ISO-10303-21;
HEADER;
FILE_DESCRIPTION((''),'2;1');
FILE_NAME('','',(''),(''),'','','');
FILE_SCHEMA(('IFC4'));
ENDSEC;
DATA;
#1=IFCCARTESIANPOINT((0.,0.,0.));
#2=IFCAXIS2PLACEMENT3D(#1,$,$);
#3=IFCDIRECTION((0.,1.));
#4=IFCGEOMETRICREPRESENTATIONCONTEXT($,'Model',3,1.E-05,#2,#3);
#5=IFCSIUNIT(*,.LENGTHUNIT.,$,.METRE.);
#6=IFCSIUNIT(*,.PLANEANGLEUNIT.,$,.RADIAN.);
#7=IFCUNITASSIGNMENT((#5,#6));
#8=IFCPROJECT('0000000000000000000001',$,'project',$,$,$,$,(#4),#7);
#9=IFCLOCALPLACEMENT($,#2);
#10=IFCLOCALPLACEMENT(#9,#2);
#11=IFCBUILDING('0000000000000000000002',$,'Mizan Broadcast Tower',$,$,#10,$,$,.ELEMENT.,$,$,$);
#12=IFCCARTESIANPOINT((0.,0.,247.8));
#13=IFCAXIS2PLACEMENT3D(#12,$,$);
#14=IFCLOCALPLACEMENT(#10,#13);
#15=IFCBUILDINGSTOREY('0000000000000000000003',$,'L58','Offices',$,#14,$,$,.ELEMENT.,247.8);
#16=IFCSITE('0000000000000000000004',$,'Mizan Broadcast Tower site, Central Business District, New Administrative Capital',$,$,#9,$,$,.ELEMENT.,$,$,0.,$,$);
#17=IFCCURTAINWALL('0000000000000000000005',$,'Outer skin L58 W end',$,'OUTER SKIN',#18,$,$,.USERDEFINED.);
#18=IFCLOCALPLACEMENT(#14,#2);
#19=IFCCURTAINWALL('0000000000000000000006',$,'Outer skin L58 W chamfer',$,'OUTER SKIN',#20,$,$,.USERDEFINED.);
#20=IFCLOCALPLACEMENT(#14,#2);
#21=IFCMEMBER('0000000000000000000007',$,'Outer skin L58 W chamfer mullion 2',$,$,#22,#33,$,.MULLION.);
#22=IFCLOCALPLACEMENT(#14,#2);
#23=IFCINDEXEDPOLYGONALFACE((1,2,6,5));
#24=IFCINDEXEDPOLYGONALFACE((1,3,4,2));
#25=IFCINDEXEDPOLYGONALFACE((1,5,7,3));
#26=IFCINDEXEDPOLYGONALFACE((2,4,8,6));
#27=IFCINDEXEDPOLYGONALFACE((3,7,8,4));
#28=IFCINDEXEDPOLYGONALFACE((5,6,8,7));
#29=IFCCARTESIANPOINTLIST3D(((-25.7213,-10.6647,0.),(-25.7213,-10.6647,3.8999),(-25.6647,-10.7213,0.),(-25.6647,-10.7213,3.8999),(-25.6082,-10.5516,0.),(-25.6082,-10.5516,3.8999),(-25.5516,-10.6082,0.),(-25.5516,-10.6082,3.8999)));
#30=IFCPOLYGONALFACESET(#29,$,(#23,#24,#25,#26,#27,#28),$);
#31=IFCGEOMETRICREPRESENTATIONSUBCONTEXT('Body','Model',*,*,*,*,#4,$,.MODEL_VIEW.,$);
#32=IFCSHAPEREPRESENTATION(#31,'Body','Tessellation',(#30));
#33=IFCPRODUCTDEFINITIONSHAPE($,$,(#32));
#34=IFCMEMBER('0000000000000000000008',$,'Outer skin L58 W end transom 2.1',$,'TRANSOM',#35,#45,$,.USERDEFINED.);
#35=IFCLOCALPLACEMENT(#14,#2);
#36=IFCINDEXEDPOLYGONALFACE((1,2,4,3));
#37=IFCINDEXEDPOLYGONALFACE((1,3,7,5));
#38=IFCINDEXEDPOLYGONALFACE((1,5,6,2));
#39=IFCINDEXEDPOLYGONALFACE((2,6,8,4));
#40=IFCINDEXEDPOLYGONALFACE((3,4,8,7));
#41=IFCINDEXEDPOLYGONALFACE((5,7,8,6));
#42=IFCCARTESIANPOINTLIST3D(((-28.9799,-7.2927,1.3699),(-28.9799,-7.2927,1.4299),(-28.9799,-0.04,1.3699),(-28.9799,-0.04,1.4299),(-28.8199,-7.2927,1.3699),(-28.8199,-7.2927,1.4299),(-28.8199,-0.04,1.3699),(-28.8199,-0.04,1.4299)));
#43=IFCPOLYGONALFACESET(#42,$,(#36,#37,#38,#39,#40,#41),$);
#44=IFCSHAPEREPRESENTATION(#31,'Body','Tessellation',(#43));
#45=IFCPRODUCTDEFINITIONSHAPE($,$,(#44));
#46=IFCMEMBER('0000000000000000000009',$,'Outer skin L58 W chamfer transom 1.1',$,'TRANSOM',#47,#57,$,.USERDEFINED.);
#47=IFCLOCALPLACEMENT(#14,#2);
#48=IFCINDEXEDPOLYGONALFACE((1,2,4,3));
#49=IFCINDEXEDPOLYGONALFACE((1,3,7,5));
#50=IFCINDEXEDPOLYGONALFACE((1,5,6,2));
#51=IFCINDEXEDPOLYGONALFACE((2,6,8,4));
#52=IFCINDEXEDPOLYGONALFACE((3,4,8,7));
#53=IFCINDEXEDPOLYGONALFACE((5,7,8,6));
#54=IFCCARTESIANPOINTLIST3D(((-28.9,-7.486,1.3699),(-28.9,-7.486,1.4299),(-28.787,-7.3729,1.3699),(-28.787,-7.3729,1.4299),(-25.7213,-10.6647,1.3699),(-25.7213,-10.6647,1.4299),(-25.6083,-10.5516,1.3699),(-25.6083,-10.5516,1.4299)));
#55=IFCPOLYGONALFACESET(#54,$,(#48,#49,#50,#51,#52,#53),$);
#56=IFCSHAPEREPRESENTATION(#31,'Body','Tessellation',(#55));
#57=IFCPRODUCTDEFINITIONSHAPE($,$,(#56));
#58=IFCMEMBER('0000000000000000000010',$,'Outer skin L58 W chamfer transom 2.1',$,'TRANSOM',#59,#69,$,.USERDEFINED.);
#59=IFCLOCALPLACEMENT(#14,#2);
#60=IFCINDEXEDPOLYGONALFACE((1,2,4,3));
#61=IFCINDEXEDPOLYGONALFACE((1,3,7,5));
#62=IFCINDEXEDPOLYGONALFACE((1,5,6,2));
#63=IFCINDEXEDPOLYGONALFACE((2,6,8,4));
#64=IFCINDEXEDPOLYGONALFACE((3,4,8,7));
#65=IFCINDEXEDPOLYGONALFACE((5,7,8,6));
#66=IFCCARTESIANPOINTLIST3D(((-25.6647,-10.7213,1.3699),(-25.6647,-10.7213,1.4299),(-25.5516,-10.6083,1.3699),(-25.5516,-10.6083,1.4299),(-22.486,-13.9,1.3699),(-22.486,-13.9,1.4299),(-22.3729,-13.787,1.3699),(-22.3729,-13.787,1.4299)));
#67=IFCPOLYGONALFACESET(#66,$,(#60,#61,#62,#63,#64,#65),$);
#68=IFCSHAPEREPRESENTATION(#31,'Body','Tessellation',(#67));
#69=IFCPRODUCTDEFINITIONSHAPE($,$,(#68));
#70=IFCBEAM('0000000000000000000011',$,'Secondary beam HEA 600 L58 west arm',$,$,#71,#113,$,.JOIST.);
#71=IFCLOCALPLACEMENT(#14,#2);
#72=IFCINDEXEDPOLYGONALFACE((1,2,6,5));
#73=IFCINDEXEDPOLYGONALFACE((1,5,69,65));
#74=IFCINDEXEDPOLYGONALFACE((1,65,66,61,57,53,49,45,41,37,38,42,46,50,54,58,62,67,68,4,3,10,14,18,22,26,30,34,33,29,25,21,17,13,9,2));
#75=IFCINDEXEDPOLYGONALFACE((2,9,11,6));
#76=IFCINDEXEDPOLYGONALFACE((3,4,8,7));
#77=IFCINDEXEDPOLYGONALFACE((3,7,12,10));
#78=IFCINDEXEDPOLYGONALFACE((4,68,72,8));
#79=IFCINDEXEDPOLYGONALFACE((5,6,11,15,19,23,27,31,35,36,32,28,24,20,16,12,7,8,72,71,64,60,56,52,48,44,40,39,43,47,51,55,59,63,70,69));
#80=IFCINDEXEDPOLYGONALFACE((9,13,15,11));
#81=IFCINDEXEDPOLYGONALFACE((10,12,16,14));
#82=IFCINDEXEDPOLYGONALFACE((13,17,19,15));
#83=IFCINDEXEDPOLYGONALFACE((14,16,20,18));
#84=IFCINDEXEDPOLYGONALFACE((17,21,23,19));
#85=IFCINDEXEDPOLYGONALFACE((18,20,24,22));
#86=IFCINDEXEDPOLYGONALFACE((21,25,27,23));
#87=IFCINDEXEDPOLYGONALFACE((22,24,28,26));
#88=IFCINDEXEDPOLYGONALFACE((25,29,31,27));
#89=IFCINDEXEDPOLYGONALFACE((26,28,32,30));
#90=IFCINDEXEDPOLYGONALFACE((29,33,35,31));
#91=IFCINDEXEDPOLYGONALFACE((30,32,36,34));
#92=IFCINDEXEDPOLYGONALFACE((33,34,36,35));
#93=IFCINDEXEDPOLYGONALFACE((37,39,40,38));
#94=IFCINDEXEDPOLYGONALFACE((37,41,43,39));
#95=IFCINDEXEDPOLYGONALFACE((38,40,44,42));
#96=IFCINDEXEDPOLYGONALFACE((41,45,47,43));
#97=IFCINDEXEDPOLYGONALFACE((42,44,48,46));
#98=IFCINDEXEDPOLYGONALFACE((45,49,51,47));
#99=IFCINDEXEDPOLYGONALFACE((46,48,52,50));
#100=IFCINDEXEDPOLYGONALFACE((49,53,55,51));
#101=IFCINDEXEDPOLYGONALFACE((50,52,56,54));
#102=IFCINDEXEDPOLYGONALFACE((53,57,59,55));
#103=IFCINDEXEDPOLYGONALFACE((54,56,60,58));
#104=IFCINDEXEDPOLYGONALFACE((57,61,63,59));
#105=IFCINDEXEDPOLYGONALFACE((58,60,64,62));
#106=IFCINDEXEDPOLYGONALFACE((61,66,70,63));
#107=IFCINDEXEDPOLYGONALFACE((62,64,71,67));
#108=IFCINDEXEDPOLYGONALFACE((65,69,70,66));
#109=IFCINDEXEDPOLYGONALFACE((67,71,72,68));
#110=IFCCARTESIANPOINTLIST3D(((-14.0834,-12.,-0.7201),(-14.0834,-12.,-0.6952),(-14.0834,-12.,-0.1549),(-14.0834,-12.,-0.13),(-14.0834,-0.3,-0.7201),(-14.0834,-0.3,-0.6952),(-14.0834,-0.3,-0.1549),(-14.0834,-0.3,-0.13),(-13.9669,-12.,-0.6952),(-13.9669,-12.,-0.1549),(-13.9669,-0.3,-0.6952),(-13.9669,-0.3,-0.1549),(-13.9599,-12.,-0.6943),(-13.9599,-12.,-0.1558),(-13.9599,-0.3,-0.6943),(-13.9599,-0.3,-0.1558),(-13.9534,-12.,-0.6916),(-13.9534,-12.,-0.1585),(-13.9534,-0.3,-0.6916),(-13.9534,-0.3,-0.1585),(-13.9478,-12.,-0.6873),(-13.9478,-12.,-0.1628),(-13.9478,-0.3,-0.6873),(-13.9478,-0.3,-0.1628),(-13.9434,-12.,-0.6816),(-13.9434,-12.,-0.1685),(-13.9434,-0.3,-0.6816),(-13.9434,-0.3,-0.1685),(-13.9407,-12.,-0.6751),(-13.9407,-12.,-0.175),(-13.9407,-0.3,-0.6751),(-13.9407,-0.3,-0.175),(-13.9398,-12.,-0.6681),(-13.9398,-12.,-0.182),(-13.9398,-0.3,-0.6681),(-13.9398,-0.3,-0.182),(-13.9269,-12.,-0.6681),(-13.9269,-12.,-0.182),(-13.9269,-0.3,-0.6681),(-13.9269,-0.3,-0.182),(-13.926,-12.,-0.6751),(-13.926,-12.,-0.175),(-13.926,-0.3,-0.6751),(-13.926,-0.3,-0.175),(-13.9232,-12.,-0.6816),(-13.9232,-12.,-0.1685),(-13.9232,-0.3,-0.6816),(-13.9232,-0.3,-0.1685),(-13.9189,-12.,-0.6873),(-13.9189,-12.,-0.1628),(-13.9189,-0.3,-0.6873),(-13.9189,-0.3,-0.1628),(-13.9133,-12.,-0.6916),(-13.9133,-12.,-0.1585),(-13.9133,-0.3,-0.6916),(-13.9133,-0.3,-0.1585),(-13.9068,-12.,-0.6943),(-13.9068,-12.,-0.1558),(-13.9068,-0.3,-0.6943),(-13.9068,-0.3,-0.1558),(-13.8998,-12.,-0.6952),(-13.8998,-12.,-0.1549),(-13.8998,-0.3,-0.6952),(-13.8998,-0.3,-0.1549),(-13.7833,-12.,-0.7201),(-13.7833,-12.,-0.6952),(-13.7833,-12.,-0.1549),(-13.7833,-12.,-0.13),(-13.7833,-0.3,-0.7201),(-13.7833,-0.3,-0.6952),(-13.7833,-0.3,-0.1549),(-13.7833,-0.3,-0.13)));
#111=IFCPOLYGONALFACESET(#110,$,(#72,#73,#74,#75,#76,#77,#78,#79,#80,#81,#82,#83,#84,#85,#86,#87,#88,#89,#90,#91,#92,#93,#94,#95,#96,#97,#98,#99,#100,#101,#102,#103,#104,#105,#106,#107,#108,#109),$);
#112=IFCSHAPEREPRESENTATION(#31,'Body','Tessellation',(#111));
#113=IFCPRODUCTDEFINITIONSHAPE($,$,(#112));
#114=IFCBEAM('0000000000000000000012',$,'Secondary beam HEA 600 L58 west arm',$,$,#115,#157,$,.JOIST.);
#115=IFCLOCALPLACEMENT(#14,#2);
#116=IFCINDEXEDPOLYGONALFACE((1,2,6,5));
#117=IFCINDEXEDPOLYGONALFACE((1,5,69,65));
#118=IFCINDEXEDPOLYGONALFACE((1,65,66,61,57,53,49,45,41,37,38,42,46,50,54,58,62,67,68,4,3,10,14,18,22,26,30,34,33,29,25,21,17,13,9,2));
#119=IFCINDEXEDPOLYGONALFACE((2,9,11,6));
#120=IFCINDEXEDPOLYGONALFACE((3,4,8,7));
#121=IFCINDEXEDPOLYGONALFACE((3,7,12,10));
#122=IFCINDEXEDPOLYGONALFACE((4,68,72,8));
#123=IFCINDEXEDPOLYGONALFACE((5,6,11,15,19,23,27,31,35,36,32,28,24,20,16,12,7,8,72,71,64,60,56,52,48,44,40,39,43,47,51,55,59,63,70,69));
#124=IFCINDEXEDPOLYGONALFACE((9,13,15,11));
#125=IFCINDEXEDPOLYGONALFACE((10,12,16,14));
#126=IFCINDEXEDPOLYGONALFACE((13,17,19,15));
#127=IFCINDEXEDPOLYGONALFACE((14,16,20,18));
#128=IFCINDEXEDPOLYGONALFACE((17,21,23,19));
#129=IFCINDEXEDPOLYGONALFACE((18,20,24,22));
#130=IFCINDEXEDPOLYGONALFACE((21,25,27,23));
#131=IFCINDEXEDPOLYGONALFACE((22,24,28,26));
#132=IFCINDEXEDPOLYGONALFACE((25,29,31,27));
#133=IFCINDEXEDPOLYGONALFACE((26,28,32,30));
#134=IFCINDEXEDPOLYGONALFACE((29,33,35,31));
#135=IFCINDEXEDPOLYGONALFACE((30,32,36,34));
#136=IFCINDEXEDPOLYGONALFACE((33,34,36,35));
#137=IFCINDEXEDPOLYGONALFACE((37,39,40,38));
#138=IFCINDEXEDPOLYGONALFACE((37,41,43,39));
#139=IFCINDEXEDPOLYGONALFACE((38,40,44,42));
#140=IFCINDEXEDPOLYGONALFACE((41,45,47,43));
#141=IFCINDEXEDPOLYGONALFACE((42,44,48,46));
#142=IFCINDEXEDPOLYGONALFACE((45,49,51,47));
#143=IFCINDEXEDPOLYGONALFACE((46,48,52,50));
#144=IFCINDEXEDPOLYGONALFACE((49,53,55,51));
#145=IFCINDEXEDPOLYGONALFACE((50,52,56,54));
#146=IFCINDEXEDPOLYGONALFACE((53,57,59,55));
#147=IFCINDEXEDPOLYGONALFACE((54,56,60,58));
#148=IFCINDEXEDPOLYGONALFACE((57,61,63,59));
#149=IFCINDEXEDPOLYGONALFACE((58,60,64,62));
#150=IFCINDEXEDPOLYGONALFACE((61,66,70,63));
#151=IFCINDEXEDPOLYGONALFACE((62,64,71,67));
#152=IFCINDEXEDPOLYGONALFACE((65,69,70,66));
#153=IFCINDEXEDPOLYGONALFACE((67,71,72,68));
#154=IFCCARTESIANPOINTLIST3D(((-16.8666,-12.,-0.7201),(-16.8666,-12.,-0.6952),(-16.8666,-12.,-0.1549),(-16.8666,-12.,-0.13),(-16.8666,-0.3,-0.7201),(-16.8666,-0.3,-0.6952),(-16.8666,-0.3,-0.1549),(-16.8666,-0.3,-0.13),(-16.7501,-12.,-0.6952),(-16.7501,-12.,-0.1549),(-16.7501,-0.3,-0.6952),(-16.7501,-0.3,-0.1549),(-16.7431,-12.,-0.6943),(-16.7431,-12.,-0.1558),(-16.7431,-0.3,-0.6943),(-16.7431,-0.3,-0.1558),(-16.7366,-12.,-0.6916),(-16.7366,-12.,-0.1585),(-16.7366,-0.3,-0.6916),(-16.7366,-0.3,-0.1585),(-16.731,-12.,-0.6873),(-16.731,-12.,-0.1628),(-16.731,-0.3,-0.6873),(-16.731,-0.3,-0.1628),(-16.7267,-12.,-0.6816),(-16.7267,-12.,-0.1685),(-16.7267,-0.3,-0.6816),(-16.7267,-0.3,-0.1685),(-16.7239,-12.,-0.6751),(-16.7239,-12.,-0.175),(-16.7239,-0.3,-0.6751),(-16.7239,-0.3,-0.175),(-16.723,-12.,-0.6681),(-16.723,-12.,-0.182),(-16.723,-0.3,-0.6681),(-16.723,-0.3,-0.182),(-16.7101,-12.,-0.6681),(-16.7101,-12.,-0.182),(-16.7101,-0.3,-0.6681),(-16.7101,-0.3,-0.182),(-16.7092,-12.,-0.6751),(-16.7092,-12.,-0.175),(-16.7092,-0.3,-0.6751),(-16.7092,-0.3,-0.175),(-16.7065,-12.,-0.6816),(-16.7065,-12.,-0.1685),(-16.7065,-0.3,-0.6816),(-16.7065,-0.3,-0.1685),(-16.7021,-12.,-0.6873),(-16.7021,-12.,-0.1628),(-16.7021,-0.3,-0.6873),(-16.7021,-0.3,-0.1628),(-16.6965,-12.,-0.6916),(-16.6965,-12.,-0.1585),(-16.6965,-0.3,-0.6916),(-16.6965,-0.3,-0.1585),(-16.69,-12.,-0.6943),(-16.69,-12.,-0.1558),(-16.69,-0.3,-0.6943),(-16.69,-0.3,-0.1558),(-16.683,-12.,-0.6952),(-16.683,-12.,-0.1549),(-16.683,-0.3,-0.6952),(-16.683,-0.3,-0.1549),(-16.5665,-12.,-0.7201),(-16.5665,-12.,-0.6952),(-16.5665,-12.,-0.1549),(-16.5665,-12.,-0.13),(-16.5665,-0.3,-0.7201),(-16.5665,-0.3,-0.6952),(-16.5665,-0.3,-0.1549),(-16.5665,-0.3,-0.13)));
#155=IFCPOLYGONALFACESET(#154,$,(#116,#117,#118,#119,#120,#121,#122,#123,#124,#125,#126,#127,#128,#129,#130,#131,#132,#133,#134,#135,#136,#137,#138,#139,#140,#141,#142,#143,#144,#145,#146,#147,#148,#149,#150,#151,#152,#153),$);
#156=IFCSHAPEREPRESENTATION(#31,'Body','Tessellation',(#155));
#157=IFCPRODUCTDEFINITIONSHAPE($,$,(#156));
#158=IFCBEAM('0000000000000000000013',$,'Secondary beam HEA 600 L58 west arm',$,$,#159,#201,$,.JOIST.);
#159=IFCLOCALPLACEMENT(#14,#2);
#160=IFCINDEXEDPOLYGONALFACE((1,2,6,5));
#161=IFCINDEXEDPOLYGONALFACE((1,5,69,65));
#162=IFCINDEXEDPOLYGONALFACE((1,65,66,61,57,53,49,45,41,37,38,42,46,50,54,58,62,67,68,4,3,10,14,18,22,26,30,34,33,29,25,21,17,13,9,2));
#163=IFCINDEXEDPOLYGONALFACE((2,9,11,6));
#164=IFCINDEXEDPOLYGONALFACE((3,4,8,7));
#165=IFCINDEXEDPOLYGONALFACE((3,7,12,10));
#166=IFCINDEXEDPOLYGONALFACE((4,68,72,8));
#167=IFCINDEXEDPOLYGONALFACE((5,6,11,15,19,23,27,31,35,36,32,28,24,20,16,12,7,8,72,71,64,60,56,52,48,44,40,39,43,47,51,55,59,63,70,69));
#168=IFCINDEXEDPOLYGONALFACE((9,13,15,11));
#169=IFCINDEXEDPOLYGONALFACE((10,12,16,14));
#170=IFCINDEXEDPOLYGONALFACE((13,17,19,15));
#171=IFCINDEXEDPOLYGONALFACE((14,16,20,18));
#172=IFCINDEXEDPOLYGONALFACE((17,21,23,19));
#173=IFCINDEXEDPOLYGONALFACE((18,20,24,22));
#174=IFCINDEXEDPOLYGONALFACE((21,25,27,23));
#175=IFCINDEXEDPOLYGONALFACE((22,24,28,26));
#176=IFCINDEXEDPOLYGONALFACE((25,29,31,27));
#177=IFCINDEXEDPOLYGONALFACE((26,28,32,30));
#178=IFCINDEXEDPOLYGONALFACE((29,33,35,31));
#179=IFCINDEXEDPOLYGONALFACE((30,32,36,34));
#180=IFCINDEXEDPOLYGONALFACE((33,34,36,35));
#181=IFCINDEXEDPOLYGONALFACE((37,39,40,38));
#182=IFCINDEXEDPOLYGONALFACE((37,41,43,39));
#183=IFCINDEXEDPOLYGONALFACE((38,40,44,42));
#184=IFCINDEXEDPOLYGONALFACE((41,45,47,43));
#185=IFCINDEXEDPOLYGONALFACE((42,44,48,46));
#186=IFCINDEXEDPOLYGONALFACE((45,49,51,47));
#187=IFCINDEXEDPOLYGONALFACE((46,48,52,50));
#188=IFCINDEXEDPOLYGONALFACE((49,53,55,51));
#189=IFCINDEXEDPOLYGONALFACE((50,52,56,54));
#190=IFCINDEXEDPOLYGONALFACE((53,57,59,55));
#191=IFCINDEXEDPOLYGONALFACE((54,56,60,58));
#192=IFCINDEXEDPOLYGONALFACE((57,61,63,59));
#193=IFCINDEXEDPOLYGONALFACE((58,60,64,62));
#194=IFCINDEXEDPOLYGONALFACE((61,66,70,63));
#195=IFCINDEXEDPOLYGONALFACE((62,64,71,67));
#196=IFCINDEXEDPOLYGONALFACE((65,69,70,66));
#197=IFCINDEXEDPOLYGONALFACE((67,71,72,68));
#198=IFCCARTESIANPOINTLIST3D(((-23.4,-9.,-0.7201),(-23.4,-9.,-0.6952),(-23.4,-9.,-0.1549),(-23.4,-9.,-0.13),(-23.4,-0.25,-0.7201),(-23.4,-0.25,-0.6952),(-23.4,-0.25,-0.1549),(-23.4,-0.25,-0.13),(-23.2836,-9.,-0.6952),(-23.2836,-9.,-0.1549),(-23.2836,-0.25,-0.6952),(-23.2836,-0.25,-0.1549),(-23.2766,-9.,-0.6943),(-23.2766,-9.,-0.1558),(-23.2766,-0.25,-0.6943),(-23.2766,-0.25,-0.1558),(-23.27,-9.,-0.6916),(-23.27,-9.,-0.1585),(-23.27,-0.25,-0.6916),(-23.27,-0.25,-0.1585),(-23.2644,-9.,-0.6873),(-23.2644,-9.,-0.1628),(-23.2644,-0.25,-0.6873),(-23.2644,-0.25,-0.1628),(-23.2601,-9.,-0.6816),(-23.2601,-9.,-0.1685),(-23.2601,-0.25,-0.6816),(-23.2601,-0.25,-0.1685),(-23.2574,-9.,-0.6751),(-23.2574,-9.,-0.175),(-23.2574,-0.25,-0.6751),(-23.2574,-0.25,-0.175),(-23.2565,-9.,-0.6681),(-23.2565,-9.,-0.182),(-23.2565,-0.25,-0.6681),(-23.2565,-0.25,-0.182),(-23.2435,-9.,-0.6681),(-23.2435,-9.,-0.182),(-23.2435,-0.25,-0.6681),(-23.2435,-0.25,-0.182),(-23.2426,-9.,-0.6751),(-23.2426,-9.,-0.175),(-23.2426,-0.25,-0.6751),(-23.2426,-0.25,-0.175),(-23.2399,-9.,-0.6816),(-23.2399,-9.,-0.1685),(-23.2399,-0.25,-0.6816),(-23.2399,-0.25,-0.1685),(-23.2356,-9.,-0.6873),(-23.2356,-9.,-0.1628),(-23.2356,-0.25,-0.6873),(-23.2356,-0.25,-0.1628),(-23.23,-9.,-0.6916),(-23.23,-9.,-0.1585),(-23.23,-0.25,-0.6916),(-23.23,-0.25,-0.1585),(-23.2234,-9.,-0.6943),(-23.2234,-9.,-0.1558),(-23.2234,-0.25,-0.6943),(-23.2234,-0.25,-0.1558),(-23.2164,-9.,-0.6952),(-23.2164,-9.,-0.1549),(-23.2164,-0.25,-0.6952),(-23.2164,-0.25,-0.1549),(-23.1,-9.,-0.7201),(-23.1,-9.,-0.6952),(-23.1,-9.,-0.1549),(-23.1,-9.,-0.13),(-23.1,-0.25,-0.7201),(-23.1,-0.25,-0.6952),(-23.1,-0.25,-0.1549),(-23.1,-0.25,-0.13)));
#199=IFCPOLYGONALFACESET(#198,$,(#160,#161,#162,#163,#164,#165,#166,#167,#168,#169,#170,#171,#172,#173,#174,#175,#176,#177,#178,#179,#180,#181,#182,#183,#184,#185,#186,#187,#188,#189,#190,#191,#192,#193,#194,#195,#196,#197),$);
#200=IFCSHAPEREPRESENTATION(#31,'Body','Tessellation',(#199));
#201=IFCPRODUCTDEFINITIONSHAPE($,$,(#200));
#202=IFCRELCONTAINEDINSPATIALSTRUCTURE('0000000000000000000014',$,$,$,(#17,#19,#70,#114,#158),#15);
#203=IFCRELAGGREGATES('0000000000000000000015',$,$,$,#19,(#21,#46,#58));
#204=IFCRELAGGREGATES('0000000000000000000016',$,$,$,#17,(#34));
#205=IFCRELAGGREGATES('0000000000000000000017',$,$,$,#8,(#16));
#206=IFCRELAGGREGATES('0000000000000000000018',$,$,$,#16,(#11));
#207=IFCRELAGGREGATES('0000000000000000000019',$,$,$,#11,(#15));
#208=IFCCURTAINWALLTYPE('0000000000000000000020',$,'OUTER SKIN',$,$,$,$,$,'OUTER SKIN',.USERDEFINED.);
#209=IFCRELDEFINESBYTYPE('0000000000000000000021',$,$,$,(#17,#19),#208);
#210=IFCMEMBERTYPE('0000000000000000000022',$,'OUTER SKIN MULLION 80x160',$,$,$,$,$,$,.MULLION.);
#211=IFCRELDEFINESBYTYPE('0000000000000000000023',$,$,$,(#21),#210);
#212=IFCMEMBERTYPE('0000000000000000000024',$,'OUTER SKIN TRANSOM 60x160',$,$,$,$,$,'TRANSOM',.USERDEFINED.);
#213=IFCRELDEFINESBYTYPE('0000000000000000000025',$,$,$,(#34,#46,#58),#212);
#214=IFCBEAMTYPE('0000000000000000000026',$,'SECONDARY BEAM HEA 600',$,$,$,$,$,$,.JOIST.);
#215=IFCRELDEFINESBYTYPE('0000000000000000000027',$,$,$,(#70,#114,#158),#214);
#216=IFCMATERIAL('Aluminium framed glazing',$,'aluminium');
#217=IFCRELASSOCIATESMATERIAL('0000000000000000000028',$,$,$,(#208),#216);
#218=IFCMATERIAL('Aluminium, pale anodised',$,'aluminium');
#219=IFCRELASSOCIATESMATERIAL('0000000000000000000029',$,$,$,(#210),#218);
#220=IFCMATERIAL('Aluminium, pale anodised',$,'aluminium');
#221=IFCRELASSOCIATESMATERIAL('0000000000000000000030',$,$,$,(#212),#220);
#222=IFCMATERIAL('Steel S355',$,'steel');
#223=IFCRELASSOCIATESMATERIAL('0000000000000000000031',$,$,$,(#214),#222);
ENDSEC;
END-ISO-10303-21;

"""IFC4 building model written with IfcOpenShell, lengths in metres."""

from ifc_helpers import new_model, si_unit, direction, frame, origin, origin_2d, place, context, subcontext, project, spatial, rectangle, i_section, extrude, material, material_profile, profile_set, type_object, element, aggregate, save


model = new_model("IFC4")

# Units and contexts
model_context = context("Model", 3, precision=1e-05, world=origin(), true_north=direction((0.0, 1.0)))
body_context = subcontext(model_context, "Body", "Model", "MODEL_VIEW")
ifc_project = project(units=[si_unit("LENGTHUNIT", "METRE"), si_unit("PLANEANGLEUNIT", "RADIAN")], contexts=[model_context])

# Site, building, storey
site_placement = place(None, origin())
site = spatial("IfcSite", under=ifc_project, at=site_placement, Name="Mizan Broadcast Tower site, Central Business District, New Administrative Capital", CompositionType="ELEMENT", RefElevation=0.0)
building_placement = place(site_placement, origin())
building = spatial("IfcBuilding", under=site, at=building_placement, Name="Mizan Broadcast Tower", CompositionType="ELEMENT")
storey_placement = place(building_placement, frame((0.0, 0.0, 247.8)))
storey = spatial("IfcBuildingStorey", under=building, at=storey_placement, Name="L58", Description="Offices", CompositionType="ELEMENT", Elevation=247.8)

# Curtain wall
ifc_material_1 = material(Name="Aluminium framed glazing", Category="aluminium")
curtain_wall_type_1 = type_object("IfcCurtainWallType", Name="OUTER SKIN", ElementType="OUTER SKIN", PredefinedType="USERDEFINED", material=ifc_material_1)
curtain_wall_1_placement = place(storey_placement, origin())
curtain_wall_1 = element("IfcCurtainWall", 1, at=curtain_wall_1_placement, inside=storey, type_object=curtain_wall_type_1, Name="Outer skin L58 W end", ObjectType="OUTER SKIN", PredefinedType="USERDEFINED")
ifc_material_2 = material(Name="Aluminium, pale anodised", Category="aluminium")
ifc_material_profile_1 = material_profile(ifc_material_2, rectangle(XDim=0.1599, YDim=0.0801, at=origin_2d()), Name="MULLION 160x80")
ifc_profile_set_1 = profile_set([ifc_material_profile_1], Name="Aluminium, pale anodised")
member_type_1 = type_object("IfcMemberType", Name="OUTER SKIN MULLION 80x160", PredefinedType="MULLION", material=ifc_profile_set_1)

# Curtain wall, member
curtain_wall_2_placement = place(storey_placement, origin())
curtain_wall_2 = element("IfcCurtainWall", 2, at=curtain_wall_2_placement, inside=storey, type_object=curtain_wall_type_1, Name="Outer skin L58 W chamfer", ObjectType="OUTER SKIN", PredefinedType="USERDEFINED")
member_1_placement = place(storey_placement, frame((-25.6365, -10.6365, 0.0), z_axis=(0.0, 0.0, 1.0), x_axis=(0.707107, 0.707107, 0.0)))
member_1 = element("IfcMember", 3, at=member_1_placement, type_object=member_type_1, Name="Outer skin L58 W chamfer mullion 2", PredefinedType="MULLION", context=body_context, shape_type="SweptSolid", body=[
    extrude(rectangle(XDim=0.1599, YDim=0.0801, at=origin_2d()), origin(), (0.0, 0.0, 1.0), 3.8999),
])

# Members
ifc_material_3 = material(Name="Aluminium, pale anodised", Category="aluminium")
ifc_material_profile_2 = material_profile(ifc_material_3, rectangle(XDim=0.1599, YDim=0.0601, at=origin_2d()), Name="TRANSOM 160x60")
ifc_profile_set_2 = profile_set([ifc_material_profile_2], Name="Aluminium, pale anodised")
member_type_2 = type_object("IfcMemberType", Name="OUTER SKIN TRANSOM 60x160", ElementType="TRANSOM", PredefinedType="USERDEFINED", material=ifc_profile_set_2)
member_2_placement = place(storey_placement, frame((-28.8999, -0.04, 1.3999), z_axis=(0.0, -1.0, 0.0), x_axis=(1.0, 0.0, 0.0)))
member_2 = element("IfcMember", 4, at=member_2_placement, type_object=member_type_2, Name="Outer skin L58 W end transom 2.1", ObjectType="TRANSOM", PredefinedType="USERDEFINED", context=body_context, shape_type="SweptSolid", body=[
    extrude(rectangle(XDim=0.1599, YDim=0.0601, at=origin_2d()), origin(), (0.0, 0.0, 1.0), 7.2527),
])
member_3_placement = place(storey_placement, frame((-28.8435, -7.4294, 1.3999), z_axis=(0.707107, -0.707107, 0.0), x_axis=(0.707107, 0.707107, 0.0)))
member_3 = element("IfcMember", 5, at=member_3_placement, type_object=member_type_2, Name="Outer skin L58 W chamfer transom 1.1", ObjectType="TRANSOM", PredefinedType="USERDEFINED", context=body_context, shape_type="SweptSolid", body=[
    extrude(rectangle(XDim=0.1599, YDim=0.0601, at=origin_2d()), origin(), (0.0, 0.0, 1.0), 4.4954),
])
member_4_placement = place(storey_placement, frame((-25.6082, -10.6648, 1.3999), z_axis=(0.707107, -0.707107, 0.0), x_axis=(0.707107, 0.707107, 0.0)))
member_4 = element("IfcMember", 6, at=member_4_placement, type_object=member_type_2, Name="Outer skin L58 W chamfer transom 2.1", ObjectType="TRANSOM", PredefinedType="USERDEFINED", context=body_context, shape_type="SweptSolid", body=[
    extrude(rectangle(XDim=0.1599, YDim=0.0601, at=origin_2d()), origin(), (0.0, 0.0, 1.0), 4.4954),
])

# Beams
ifc_material_4 = material(Name="Steel S355", Category="steel")
ifc_material_profile_3 = material_profile(ifc_material_4, i_section(OverallWidth=0.3, OverallDepth=0.5901, WebThickness=0.0129, FlangeThickness=0.0249, FilletRadius=0.0271, at=origin_2d()), Name="HEA 600")
ifc_profile_set_3 = profile_set([ifc_material_profile_3], Name="Steel S355")
beam_type_1 = type_object("IfcBeamType", Name="SECONDARY BEAM HEA 600", PredefinedType="JOIST", material=ifc_profile_set_3)
for number, where, z_axis, x_axis, name in (
    (7, (-13.9333, -12.0, -0.425), (0.0, 1.0, 0.0), (-1.0, 0.0, 0.0), "Secondary beam HEA 600 L58 west arm"),
    (8, (-16.7166, -12.0, -0.425), (0.0, 1.0, 0.0), (-1.0, 0.0, 0.0), "Secondary beam HEA 600 L58 west arm"),
):
    element("IfcBeam", number, at=place(storey_placement, frame(where, z_axis=z_axis, x_axis=x_axis)), inside=storey, type_object=beam_type_1, Name=name, PredefinedType="JOIST", context=body_context, shape_type="SweptSolid", body=[
        extrude(i_section(OverallWidth=0.3, OverallDepth=0.5901, WebThickness=0.0129, FlangeThickness=0.0249, FilletRadius=0.0271, at=origin_2d()), origin(), (0.0, 0.0, 1.0), 11.7),
    ])
beam_1_placement = place(storey_placement, frame((-23.25, -9.0, -0.425), z_axis=(0.0, 1.0, 0.0), x_axis=(-1.0, 0.0, 0.0)))
element("IfcBeam", 9, at=beam_1_placement, inside=storey, type_object=beam_type_1, Name="Secondary beam HEA 600 L58 west arm", PredefinedType="JOIST", context=body_context, shape_type="SweptSolid", body=[
    extrude(i_section(OverallWidth=0.3, OverallDepth=0.5901, WebThickness=0.0129, FlangeThickness=0.0249, FilletRadius=0.0271, at=origin_2d()), origin(), (0.0, 0.0, 1.0), 8.75),
])

aggregate(curtain_wall_2, [member_1, member_3, member_4])
aggregate(curtain_wall_1, [member_2])

save(model, "model.ifc")
